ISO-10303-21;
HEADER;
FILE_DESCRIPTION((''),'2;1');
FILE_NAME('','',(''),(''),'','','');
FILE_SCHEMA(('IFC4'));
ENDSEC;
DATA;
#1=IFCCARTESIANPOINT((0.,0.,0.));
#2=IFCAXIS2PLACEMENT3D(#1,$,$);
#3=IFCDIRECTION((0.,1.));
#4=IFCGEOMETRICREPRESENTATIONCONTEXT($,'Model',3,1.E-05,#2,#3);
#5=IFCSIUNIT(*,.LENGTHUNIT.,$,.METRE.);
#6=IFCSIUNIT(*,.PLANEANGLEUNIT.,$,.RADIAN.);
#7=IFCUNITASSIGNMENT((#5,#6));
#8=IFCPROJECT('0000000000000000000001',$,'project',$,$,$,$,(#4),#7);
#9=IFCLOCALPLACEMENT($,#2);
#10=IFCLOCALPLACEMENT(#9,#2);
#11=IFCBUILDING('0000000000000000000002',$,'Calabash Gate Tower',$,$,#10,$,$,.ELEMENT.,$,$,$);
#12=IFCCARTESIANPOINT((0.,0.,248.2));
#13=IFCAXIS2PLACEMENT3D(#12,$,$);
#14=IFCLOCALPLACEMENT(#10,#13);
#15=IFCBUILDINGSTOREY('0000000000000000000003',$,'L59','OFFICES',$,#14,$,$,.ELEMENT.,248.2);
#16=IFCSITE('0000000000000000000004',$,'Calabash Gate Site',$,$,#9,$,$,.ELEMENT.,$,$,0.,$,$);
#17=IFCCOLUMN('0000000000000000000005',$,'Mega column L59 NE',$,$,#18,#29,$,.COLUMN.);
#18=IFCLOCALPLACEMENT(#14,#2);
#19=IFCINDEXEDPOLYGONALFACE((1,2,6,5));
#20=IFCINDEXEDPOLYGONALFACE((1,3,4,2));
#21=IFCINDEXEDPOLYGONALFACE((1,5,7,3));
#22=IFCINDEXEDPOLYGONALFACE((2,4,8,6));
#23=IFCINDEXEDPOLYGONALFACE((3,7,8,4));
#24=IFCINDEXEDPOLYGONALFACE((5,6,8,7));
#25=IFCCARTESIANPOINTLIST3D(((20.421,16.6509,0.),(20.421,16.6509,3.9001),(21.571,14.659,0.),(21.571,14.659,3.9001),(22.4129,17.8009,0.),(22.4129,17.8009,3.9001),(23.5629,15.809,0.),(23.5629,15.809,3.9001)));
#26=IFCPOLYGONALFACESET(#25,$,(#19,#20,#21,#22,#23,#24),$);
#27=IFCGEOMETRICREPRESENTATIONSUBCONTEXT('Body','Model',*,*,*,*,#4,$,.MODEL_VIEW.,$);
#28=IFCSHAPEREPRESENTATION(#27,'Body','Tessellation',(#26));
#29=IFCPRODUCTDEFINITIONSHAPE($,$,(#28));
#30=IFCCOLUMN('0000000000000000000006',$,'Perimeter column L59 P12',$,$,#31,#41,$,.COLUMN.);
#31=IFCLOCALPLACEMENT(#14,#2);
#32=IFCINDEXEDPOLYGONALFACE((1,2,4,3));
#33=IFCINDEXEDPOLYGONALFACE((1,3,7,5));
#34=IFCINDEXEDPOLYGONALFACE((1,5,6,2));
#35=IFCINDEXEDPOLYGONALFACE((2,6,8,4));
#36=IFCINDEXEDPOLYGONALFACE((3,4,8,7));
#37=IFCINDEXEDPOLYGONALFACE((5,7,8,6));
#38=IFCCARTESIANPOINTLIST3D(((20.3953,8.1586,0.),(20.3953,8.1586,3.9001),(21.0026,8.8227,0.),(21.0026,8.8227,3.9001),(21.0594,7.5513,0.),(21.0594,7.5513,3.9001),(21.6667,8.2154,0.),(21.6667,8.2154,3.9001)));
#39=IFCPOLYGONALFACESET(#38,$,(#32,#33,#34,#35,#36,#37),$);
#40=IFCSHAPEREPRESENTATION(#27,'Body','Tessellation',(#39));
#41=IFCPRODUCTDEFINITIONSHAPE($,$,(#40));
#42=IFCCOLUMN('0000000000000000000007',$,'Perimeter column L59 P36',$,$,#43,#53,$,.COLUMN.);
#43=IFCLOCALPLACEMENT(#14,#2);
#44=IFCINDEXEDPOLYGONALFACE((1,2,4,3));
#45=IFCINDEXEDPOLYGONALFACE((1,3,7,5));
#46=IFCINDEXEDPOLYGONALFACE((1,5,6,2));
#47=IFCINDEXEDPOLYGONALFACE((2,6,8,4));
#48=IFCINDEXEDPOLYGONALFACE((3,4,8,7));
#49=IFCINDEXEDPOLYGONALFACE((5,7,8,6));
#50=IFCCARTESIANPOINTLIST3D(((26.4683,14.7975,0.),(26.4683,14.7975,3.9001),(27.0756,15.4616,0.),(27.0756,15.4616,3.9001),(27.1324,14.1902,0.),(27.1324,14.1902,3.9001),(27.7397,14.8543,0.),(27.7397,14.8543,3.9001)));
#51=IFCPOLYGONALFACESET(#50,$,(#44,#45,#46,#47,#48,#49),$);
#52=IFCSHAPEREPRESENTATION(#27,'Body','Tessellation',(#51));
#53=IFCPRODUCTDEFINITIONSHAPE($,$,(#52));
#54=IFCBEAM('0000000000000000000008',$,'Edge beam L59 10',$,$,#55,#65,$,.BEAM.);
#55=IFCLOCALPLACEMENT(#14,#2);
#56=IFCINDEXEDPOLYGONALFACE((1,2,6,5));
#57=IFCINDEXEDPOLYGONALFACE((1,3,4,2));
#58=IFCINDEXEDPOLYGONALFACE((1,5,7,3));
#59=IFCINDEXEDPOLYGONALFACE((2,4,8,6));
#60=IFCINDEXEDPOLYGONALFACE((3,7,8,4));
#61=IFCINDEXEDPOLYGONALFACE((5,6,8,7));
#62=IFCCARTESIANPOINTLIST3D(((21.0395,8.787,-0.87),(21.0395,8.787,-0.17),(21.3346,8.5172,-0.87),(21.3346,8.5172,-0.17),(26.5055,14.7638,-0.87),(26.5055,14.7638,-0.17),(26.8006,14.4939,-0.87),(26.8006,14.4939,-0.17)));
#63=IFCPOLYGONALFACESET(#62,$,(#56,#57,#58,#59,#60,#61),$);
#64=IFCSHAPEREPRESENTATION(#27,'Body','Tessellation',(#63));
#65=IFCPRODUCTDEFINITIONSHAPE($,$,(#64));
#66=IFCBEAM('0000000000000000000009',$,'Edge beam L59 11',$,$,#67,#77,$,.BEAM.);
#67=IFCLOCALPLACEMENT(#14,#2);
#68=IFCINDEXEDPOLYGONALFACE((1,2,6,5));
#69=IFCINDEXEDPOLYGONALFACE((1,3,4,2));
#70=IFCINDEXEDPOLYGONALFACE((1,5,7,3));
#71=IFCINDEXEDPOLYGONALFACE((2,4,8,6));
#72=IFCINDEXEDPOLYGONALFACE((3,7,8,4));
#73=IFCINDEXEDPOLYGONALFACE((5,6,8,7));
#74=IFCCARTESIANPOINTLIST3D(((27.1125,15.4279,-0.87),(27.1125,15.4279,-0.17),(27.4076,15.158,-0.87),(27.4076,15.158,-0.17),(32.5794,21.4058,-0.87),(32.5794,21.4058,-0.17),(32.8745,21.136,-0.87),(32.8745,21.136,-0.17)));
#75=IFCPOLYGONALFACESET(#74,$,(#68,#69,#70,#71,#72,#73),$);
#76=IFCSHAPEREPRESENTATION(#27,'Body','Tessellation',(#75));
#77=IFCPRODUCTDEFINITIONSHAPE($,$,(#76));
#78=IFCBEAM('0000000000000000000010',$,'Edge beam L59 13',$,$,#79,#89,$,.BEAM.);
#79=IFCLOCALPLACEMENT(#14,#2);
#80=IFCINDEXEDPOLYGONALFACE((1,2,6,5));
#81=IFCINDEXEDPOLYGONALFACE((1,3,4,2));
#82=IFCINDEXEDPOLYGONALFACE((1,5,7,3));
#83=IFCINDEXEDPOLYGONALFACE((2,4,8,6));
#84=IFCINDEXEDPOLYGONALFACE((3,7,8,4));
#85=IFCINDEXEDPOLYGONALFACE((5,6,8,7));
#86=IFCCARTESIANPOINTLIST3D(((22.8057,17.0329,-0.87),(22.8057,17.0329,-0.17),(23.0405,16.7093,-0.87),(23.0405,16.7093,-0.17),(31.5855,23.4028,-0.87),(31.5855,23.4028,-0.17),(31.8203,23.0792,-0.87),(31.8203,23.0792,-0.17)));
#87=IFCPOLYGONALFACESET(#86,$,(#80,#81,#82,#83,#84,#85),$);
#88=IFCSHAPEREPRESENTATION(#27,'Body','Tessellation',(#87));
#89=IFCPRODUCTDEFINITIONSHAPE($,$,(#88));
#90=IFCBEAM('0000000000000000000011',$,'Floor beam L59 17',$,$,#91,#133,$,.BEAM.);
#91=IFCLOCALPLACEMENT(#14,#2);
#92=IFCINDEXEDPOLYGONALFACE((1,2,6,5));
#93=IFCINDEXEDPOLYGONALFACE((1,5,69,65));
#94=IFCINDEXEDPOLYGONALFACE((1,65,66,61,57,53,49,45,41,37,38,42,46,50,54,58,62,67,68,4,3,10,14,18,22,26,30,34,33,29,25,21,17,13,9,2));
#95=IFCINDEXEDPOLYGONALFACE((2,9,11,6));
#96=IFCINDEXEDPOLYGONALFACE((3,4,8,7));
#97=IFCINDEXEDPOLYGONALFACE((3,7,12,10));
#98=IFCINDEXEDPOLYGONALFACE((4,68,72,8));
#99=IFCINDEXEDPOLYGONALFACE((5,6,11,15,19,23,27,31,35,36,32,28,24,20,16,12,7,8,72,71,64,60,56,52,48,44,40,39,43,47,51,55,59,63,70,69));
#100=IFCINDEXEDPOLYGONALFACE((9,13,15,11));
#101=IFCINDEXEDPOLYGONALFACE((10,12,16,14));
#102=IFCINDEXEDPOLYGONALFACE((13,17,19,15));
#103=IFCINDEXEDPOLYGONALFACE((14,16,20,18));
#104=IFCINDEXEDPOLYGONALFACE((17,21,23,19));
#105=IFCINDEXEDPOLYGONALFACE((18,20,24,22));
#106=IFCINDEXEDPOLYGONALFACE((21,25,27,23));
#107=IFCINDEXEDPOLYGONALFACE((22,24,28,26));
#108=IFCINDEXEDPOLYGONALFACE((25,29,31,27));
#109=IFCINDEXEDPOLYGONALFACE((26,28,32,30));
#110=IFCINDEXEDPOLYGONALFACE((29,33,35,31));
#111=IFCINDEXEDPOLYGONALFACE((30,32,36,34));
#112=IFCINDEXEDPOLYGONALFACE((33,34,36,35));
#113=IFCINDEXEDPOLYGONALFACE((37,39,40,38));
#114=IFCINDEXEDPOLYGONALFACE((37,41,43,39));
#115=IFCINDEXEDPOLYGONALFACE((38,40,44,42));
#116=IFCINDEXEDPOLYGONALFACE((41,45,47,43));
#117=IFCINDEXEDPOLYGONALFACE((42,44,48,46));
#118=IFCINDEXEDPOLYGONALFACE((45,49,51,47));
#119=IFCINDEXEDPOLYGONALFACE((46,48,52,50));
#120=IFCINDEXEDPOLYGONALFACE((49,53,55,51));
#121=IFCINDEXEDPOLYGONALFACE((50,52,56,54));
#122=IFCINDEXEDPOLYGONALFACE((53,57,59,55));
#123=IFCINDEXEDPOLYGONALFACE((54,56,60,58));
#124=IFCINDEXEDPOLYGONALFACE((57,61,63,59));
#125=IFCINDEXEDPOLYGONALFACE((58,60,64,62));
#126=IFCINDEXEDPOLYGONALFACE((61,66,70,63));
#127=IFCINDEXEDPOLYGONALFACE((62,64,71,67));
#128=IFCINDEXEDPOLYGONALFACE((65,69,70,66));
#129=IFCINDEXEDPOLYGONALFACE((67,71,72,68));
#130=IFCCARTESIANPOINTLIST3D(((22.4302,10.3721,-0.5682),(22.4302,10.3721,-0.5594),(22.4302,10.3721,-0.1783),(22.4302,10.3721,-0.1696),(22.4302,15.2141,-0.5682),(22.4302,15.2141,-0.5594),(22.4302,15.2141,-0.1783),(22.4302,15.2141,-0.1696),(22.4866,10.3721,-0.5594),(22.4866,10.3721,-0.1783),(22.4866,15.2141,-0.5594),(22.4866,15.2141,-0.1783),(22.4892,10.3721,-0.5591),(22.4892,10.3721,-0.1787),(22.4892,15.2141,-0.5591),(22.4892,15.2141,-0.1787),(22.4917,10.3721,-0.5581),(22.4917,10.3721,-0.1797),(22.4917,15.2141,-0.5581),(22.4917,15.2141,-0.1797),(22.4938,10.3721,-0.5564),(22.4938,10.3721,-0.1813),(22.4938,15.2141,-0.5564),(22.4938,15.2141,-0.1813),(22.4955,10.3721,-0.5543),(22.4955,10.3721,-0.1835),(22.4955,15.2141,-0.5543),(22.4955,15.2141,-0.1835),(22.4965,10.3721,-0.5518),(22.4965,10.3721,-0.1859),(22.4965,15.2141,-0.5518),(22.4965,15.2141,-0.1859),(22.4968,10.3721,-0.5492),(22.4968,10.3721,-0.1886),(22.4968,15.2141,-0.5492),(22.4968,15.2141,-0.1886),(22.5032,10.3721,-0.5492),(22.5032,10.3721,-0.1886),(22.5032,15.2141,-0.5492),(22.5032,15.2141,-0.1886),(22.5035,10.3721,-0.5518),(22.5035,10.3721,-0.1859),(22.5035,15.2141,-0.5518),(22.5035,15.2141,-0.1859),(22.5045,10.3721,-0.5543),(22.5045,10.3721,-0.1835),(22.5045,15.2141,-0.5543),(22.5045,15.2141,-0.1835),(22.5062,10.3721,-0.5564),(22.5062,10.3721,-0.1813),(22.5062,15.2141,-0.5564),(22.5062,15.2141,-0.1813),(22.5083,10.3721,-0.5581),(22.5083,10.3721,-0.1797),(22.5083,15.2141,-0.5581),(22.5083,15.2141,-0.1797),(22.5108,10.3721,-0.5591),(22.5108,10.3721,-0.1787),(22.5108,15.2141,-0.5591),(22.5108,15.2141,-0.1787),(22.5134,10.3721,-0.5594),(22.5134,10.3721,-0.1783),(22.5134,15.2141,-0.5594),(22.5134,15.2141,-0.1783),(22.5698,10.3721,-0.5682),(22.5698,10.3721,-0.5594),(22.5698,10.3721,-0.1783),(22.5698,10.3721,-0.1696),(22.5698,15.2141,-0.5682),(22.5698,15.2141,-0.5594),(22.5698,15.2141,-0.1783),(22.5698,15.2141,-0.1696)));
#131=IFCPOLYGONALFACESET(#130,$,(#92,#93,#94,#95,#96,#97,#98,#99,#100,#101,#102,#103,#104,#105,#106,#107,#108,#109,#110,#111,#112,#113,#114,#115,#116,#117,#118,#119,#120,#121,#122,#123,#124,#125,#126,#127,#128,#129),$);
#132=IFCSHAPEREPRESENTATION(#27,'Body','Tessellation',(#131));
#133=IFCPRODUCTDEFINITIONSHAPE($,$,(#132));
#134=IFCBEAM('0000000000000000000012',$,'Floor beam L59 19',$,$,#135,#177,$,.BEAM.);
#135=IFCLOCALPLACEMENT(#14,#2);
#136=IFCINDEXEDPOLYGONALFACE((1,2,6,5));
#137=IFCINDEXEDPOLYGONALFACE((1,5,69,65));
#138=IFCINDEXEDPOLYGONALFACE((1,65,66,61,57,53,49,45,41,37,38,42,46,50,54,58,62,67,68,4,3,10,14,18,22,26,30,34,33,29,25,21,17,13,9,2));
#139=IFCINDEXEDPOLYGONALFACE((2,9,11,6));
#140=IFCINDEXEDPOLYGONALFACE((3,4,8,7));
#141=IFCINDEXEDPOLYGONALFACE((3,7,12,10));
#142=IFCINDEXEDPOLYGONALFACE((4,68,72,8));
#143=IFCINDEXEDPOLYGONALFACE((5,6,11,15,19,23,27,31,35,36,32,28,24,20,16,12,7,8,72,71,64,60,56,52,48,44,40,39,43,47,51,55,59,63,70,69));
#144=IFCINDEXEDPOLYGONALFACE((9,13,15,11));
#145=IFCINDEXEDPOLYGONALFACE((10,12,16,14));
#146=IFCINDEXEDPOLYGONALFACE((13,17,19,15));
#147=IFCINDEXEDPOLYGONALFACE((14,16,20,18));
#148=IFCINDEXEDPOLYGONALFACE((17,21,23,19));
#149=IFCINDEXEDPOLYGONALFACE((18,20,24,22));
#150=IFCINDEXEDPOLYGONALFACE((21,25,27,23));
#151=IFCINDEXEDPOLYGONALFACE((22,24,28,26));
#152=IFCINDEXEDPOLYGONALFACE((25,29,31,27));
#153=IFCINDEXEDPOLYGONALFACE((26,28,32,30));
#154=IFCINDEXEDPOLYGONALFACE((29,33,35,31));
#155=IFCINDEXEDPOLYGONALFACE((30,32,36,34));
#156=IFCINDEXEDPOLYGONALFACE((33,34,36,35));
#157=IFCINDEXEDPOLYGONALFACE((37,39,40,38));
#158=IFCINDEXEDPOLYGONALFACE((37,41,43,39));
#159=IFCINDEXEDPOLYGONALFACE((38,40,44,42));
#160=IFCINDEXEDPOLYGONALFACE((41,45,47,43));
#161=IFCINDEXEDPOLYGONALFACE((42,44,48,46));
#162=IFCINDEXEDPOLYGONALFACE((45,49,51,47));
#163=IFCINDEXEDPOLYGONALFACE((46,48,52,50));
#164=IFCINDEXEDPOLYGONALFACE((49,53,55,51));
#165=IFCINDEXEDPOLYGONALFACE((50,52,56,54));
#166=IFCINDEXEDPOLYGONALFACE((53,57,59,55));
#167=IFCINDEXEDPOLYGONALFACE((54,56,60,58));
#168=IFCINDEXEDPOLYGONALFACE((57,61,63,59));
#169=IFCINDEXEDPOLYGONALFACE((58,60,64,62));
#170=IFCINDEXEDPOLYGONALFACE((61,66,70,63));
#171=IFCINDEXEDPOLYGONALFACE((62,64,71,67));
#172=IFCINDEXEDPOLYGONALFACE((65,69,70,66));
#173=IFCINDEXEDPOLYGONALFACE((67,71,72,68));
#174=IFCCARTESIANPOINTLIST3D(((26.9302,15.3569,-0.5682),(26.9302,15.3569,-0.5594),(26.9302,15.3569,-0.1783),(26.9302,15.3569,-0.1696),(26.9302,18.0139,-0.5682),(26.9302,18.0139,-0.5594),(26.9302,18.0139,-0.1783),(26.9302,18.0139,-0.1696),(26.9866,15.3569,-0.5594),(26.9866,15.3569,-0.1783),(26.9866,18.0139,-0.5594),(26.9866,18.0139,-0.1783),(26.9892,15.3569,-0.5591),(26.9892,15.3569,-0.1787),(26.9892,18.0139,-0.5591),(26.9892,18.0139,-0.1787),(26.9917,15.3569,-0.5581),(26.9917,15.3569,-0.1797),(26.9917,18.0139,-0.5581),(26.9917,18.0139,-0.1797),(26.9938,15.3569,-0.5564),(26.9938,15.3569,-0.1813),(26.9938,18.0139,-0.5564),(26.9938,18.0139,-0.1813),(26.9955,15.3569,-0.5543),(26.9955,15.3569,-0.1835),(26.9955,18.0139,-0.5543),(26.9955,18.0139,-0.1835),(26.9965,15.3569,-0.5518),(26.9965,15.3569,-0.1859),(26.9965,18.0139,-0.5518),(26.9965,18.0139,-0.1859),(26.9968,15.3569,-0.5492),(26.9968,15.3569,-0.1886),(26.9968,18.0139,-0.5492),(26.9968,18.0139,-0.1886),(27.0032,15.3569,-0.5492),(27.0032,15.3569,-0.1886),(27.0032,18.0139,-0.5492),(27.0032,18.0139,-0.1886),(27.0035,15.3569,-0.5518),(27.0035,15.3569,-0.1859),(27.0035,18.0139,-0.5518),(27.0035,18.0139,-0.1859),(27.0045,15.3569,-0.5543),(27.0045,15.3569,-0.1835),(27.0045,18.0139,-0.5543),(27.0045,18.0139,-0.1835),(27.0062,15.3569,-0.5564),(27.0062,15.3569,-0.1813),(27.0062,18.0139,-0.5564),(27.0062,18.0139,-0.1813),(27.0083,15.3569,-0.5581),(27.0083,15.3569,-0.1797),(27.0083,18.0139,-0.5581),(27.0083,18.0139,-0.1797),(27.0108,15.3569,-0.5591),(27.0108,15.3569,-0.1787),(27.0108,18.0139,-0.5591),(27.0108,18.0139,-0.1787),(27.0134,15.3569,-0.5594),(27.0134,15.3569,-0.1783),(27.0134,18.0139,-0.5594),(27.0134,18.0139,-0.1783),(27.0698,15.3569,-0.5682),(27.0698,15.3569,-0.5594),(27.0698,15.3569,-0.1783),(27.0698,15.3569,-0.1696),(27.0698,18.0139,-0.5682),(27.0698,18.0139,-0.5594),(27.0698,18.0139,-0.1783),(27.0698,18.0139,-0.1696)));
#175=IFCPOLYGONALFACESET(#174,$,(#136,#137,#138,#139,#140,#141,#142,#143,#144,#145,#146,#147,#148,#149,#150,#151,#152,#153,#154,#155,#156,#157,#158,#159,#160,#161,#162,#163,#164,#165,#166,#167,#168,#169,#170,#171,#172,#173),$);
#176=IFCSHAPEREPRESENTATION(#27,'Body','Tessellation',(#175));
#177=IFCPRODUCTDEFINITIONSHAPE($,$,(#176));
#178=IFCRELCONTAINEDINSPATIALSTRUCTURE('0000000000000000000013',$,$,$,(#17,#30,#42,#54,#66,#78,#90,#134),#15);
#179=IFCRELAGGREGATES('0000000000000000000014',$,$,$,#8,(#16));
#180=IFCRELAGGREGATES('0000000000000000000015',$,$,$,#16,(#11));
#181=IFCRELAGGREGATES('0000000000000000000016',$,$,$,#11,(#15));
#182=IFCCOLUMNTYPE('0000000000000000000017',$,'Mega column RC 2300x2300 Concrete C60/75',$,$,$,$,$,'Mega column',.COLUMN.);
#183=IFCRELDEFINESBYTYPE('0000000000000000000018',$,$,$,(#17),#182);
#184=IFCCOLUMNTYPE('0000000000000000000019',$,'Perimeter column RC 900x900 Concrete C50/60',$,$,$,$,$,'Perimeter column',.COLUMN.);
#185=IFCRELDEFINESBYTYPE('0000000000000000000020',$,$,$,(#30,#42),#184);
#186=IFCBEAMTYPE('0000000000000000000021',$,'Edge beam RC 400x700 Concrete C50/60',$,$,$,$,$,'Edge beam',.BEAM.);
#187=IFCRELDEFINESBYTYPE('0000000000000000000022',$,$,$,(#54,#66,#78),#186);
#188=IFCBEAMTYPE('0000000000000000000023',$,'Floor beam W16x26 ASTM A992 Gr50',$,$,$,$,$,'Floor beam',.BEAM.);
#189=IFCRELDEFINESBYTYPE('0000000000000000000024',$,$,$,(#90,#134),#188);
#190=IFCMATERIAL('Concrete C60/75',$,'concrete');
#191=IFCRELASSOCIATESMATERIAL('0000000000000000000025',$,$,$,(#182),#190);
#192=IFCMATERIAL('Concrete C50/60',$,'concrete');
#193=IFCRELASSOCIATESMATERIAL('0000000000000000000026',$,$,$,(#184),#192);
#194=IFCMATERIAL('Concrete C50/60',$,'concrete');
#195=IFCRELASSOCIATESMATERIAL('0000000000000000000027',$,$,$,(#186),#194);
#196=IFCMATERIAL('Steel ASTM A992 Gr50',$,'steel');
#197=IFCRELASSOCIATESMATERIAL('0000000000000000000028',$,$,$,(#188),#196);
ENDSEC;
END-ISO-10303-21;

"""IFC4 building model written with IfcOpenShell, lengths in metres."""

from ifc_helpers import new_model, si_unit, direction, frame, origin, origin_2d, place, context, subcontext, project, spatial, rectangle, i_section, extrude, material, material_profile, profile_set, type_object, element, save


model = new_model("IFC4")

# Units and contexts
model_context = context("Model", 3, precision=1e-05, world=origin(), true_north=direction((0.0, 1.0)))
body_context = subcontext(model_context, "Body", "Model", "MODEL_VIEW")
ifc_project = project(units=[si_unit("LENGTHUNIT", "METRE"), si_unit("PLANEANGLEUNIT", "RADIAN")], contexts=[model_context])

# Site, building, storey
site_placement = place(None, origin())
site = spatial("IfcSite", under=ifc_project, at=site_placement, Name="Calabash Gate Site", CompositionType="ELEMENT", RefElevation=0.0)
building_placement = place(site_placement, origin())
building = spatial("IfcBuilding", under=site, at=building_placement, Name="Calabash Gate Tower", CompositionType="ELEMENT")
storey_placement = place(building_placement, frame((0.0, 0.0, 248.2)))
storey = spatial("IfcBuildingStorey", under=building, at=storey_placement, Name="L59", Description="OFFICES", CompositionType="ELEMENT", Elevation=248.2)

# Columns
ifc_material_1 = material(Name="Concrete C60/75", Category="concrete")
ifc_material_profile_1 = material_profile(ifc_material_1, rectangle(XDim=2.3, YDim=2.3, at=origin_2d()))
ifc_profile_set_1 = profile_set([ifc_material_profile_1], Name="Concrete C60/75")
column_type_1 = type_object("IfcColumnType", Name="Mega column RC 2300x2300 Concrete C60/75", ElementType="Mega column", PredefinedType="COLUMN", material=ifc_profile_set_1)
column_placement = place(storey_placement, frame((21.9919, 16.23, 0.0), z_axis=(0.0, 0.0, 1.0), x_axis=(-0.866025, -0.5, 0.0)))
element("IfcColumn", 1, at=column_placement, inside=storey, type_object=column_type_1, Name="Mega column L59 NE", PredefinedType="COLUMN", context=body_context, shape_type="SweptSolid", body=[
    extrude(rectangle(XDim=2.3, YDim=2.3, at=origin_2d()), origin(), (0.0, 0.0, 1.0), 3.9001),
])
ifc_material_2 = material(Name="Concrete C50/60", Category="concrete")
ifc_material_profile_2 = material_profile(ifc_material_2, rectangle(XDim=0.8999, YDim=0.8999, at=origin_2d()))
ifc_profile_set_2 = profile_set([ifc_material_profile_2], Name="Concrete C50/60")
column_type_2 = type_object("IfcColumnType", Name="Perimeter column RC 900x900 Concrete C50/60", ElementType="Perimeter column", PredefinedType="COLUMN", material=ifc_profile_set_2)
for number, where, z_axis, x_axis, name in (
    (2, (21.031, 8.187, 0.0), (0.0, 0.0, 1.0), (0.674856, 0.737949, 0.0), "Perimeter column L59 P12"),
    (3, (27.104, 14.8259, 0.0), (0.0, 0.0, 1.0), (0.674856, 0.737949, 0.0), "Perimeter column L59 P36"),
):
    element("IfcColumn", number, at=place(storey_placement, frame(where, z_axis=z_axis, x_axis=x_axis)), inside=storey, type_object=column_type_2, Name=name, PredefinedType="COLUMN", context=body_context, shape_type="SweptSolid", body=[
        extrude(rectangle(XDim=0.8999, YDim=0.8999, at=origin_2d()), origin(), (0.0, 0.0, 1.0), 3.9001),
    ])

# Beams
ifc_material_3 = material(Name="Concrete C50/60", Category="concrete")
ifc_material_profile_3 = material_profile(ifc_material_3, rectangle(XDim=0.3999, YDim=0.7, at=origin_2d()))
ifc_profile_set_3 = profile_set([ifc_material_profile_3], Name="Concrete C50/60")
beam_type_1 = type_object("IfcBeamType", Name="Edge beam RC 400x700 Concrete C50/60", ElementType="Edge beam", PredefinedType="BEAM", material=ifc_profile_set_3)
beam_1_placement = place(storey_placement, frame((21.187, 8.6521, -0.52), z_axis=(0.674874, 0.737933, 0.0), x_axis=(-0.737933, 0.674874, 0.0)))
element("IfcBeam", 4, at=beam_1_placement, inside=storey, type_object=beam_type_1, Name="Edge beam L59 10", PredefinedType="BEAM", context=body_context, shape_type="SweptSolid", body=[
    extrude(rectangle(XDim=0.3999, YDim=0.7, at=origin_2d()), origin(), (0.0, 0.0, 1.0), 8.0994),
])
beam_2_placement = place(storey_placement, frame((27.26, 15.293, -0.52), z_axis=(0.674864, 0.737942, 0.0), x_axis=(-0.737942, 0.674864, 0.0)))
element("IfcBeam", 5, at=beam_2_placement, inside=storey, type_object=beam_type_1, Name="Edge beam L59 11", PredefinedType="BEAM", context=body_context, shape_type="SweptSolid", body=[
    extrude(rectangle(XDim=0.3999, YDim=0.7, at=origin_2d()), origin(), (0.0, 0.0, 1.0), 8.1008),
])
beam_3_placement = place(storey_placement, frame((22.9231, 16.8711, -0.52), z_axis=(0.809412, 0.587241, 0.0), x_axis=(-0.587241, 0.809412, 0.0)))
element("IfcBeam", 6, at=beam_3_placement, inside=storey, type_object=beam_type_1, Name="Edge beam L59 13", PredefinedType="BEAM", context=body_context, shape_type="SweptSolid", body=[
    extrude(rectangle(XDim=0.3999, YDim=0.7, at=origin_2d()), origin(), (0.0, 0.0, 1.0), 10.8472),
])
ifc_material_4 = material(Name="Steel ASTM A992 Gr50", Category="steel")
ifc_material_profile_4 = material_profile(ifc_material_4, i_section(OverallWidth=0.1396, OverallDepth=0.3987, WebThickness=0.0063, FlangeThickness=0.0088, FilletRadius=0.0103, at=origin_2d()))
ifc_profile_set_4 = profile_set([ifc_material_profile_4], Name="Steel ASTM A992 Gr50")
beam_type_2 = type_object("IfcBeamType", Name="Floor beam W16x26 ASTM A992 Gr50", ElementType="Floor beam", PredefinedType="BEAM", material=ifc_profile_set_4)
beam_4_placement = place(storey_placement, frame((22.5, 10.3721, -0.3689), z_axis=(0.0, 1.0, 0.0), x_axis=(-1.0, 0.0, 0.0)))
element("IfcBeam", 7, at=beam_4_placement, inside=storey, type_object=beam_type_2, Name="Floor beam L59 17", PredefinedType="BEAM", context=body_context, shape_type="SweptSolid", body=[
    extrude(i_section(OverallWidth=0.1396, OverallDepth=0.3987, WebThickness=0.0063, FlangeThickness=0.0088, FilletRadius=0.0103, at=origin_2d()), origin(), (0.0, 0.0, 1.0), 4.842),
])
beam_5_placement = place(storey_placement, frame((27.0, 15.3569, -0.3689), z_axis=(0.0, 1.0, 0.0), x_axis=(-1.0, 0.0, 0.0)))
element("IfcBeam", 8, at=beam_5_placement, inside=storey, type_object=beam_type_2, Name="Floor beam L59 19", PredefinedType="BEAM", context=body_context, shape_type="SweptSolid", body=[
    extrude(i_section(OverallWidth=0.1396, OverallDepth=0.3987, WebThickness=0.0063, FlangeThickness=0.0088, FilletRadius=0.0103, at=origin_2d()), origin(), (0.0, 0.0, 1.0), 2.657),
])

save(model, "model.ifc")
